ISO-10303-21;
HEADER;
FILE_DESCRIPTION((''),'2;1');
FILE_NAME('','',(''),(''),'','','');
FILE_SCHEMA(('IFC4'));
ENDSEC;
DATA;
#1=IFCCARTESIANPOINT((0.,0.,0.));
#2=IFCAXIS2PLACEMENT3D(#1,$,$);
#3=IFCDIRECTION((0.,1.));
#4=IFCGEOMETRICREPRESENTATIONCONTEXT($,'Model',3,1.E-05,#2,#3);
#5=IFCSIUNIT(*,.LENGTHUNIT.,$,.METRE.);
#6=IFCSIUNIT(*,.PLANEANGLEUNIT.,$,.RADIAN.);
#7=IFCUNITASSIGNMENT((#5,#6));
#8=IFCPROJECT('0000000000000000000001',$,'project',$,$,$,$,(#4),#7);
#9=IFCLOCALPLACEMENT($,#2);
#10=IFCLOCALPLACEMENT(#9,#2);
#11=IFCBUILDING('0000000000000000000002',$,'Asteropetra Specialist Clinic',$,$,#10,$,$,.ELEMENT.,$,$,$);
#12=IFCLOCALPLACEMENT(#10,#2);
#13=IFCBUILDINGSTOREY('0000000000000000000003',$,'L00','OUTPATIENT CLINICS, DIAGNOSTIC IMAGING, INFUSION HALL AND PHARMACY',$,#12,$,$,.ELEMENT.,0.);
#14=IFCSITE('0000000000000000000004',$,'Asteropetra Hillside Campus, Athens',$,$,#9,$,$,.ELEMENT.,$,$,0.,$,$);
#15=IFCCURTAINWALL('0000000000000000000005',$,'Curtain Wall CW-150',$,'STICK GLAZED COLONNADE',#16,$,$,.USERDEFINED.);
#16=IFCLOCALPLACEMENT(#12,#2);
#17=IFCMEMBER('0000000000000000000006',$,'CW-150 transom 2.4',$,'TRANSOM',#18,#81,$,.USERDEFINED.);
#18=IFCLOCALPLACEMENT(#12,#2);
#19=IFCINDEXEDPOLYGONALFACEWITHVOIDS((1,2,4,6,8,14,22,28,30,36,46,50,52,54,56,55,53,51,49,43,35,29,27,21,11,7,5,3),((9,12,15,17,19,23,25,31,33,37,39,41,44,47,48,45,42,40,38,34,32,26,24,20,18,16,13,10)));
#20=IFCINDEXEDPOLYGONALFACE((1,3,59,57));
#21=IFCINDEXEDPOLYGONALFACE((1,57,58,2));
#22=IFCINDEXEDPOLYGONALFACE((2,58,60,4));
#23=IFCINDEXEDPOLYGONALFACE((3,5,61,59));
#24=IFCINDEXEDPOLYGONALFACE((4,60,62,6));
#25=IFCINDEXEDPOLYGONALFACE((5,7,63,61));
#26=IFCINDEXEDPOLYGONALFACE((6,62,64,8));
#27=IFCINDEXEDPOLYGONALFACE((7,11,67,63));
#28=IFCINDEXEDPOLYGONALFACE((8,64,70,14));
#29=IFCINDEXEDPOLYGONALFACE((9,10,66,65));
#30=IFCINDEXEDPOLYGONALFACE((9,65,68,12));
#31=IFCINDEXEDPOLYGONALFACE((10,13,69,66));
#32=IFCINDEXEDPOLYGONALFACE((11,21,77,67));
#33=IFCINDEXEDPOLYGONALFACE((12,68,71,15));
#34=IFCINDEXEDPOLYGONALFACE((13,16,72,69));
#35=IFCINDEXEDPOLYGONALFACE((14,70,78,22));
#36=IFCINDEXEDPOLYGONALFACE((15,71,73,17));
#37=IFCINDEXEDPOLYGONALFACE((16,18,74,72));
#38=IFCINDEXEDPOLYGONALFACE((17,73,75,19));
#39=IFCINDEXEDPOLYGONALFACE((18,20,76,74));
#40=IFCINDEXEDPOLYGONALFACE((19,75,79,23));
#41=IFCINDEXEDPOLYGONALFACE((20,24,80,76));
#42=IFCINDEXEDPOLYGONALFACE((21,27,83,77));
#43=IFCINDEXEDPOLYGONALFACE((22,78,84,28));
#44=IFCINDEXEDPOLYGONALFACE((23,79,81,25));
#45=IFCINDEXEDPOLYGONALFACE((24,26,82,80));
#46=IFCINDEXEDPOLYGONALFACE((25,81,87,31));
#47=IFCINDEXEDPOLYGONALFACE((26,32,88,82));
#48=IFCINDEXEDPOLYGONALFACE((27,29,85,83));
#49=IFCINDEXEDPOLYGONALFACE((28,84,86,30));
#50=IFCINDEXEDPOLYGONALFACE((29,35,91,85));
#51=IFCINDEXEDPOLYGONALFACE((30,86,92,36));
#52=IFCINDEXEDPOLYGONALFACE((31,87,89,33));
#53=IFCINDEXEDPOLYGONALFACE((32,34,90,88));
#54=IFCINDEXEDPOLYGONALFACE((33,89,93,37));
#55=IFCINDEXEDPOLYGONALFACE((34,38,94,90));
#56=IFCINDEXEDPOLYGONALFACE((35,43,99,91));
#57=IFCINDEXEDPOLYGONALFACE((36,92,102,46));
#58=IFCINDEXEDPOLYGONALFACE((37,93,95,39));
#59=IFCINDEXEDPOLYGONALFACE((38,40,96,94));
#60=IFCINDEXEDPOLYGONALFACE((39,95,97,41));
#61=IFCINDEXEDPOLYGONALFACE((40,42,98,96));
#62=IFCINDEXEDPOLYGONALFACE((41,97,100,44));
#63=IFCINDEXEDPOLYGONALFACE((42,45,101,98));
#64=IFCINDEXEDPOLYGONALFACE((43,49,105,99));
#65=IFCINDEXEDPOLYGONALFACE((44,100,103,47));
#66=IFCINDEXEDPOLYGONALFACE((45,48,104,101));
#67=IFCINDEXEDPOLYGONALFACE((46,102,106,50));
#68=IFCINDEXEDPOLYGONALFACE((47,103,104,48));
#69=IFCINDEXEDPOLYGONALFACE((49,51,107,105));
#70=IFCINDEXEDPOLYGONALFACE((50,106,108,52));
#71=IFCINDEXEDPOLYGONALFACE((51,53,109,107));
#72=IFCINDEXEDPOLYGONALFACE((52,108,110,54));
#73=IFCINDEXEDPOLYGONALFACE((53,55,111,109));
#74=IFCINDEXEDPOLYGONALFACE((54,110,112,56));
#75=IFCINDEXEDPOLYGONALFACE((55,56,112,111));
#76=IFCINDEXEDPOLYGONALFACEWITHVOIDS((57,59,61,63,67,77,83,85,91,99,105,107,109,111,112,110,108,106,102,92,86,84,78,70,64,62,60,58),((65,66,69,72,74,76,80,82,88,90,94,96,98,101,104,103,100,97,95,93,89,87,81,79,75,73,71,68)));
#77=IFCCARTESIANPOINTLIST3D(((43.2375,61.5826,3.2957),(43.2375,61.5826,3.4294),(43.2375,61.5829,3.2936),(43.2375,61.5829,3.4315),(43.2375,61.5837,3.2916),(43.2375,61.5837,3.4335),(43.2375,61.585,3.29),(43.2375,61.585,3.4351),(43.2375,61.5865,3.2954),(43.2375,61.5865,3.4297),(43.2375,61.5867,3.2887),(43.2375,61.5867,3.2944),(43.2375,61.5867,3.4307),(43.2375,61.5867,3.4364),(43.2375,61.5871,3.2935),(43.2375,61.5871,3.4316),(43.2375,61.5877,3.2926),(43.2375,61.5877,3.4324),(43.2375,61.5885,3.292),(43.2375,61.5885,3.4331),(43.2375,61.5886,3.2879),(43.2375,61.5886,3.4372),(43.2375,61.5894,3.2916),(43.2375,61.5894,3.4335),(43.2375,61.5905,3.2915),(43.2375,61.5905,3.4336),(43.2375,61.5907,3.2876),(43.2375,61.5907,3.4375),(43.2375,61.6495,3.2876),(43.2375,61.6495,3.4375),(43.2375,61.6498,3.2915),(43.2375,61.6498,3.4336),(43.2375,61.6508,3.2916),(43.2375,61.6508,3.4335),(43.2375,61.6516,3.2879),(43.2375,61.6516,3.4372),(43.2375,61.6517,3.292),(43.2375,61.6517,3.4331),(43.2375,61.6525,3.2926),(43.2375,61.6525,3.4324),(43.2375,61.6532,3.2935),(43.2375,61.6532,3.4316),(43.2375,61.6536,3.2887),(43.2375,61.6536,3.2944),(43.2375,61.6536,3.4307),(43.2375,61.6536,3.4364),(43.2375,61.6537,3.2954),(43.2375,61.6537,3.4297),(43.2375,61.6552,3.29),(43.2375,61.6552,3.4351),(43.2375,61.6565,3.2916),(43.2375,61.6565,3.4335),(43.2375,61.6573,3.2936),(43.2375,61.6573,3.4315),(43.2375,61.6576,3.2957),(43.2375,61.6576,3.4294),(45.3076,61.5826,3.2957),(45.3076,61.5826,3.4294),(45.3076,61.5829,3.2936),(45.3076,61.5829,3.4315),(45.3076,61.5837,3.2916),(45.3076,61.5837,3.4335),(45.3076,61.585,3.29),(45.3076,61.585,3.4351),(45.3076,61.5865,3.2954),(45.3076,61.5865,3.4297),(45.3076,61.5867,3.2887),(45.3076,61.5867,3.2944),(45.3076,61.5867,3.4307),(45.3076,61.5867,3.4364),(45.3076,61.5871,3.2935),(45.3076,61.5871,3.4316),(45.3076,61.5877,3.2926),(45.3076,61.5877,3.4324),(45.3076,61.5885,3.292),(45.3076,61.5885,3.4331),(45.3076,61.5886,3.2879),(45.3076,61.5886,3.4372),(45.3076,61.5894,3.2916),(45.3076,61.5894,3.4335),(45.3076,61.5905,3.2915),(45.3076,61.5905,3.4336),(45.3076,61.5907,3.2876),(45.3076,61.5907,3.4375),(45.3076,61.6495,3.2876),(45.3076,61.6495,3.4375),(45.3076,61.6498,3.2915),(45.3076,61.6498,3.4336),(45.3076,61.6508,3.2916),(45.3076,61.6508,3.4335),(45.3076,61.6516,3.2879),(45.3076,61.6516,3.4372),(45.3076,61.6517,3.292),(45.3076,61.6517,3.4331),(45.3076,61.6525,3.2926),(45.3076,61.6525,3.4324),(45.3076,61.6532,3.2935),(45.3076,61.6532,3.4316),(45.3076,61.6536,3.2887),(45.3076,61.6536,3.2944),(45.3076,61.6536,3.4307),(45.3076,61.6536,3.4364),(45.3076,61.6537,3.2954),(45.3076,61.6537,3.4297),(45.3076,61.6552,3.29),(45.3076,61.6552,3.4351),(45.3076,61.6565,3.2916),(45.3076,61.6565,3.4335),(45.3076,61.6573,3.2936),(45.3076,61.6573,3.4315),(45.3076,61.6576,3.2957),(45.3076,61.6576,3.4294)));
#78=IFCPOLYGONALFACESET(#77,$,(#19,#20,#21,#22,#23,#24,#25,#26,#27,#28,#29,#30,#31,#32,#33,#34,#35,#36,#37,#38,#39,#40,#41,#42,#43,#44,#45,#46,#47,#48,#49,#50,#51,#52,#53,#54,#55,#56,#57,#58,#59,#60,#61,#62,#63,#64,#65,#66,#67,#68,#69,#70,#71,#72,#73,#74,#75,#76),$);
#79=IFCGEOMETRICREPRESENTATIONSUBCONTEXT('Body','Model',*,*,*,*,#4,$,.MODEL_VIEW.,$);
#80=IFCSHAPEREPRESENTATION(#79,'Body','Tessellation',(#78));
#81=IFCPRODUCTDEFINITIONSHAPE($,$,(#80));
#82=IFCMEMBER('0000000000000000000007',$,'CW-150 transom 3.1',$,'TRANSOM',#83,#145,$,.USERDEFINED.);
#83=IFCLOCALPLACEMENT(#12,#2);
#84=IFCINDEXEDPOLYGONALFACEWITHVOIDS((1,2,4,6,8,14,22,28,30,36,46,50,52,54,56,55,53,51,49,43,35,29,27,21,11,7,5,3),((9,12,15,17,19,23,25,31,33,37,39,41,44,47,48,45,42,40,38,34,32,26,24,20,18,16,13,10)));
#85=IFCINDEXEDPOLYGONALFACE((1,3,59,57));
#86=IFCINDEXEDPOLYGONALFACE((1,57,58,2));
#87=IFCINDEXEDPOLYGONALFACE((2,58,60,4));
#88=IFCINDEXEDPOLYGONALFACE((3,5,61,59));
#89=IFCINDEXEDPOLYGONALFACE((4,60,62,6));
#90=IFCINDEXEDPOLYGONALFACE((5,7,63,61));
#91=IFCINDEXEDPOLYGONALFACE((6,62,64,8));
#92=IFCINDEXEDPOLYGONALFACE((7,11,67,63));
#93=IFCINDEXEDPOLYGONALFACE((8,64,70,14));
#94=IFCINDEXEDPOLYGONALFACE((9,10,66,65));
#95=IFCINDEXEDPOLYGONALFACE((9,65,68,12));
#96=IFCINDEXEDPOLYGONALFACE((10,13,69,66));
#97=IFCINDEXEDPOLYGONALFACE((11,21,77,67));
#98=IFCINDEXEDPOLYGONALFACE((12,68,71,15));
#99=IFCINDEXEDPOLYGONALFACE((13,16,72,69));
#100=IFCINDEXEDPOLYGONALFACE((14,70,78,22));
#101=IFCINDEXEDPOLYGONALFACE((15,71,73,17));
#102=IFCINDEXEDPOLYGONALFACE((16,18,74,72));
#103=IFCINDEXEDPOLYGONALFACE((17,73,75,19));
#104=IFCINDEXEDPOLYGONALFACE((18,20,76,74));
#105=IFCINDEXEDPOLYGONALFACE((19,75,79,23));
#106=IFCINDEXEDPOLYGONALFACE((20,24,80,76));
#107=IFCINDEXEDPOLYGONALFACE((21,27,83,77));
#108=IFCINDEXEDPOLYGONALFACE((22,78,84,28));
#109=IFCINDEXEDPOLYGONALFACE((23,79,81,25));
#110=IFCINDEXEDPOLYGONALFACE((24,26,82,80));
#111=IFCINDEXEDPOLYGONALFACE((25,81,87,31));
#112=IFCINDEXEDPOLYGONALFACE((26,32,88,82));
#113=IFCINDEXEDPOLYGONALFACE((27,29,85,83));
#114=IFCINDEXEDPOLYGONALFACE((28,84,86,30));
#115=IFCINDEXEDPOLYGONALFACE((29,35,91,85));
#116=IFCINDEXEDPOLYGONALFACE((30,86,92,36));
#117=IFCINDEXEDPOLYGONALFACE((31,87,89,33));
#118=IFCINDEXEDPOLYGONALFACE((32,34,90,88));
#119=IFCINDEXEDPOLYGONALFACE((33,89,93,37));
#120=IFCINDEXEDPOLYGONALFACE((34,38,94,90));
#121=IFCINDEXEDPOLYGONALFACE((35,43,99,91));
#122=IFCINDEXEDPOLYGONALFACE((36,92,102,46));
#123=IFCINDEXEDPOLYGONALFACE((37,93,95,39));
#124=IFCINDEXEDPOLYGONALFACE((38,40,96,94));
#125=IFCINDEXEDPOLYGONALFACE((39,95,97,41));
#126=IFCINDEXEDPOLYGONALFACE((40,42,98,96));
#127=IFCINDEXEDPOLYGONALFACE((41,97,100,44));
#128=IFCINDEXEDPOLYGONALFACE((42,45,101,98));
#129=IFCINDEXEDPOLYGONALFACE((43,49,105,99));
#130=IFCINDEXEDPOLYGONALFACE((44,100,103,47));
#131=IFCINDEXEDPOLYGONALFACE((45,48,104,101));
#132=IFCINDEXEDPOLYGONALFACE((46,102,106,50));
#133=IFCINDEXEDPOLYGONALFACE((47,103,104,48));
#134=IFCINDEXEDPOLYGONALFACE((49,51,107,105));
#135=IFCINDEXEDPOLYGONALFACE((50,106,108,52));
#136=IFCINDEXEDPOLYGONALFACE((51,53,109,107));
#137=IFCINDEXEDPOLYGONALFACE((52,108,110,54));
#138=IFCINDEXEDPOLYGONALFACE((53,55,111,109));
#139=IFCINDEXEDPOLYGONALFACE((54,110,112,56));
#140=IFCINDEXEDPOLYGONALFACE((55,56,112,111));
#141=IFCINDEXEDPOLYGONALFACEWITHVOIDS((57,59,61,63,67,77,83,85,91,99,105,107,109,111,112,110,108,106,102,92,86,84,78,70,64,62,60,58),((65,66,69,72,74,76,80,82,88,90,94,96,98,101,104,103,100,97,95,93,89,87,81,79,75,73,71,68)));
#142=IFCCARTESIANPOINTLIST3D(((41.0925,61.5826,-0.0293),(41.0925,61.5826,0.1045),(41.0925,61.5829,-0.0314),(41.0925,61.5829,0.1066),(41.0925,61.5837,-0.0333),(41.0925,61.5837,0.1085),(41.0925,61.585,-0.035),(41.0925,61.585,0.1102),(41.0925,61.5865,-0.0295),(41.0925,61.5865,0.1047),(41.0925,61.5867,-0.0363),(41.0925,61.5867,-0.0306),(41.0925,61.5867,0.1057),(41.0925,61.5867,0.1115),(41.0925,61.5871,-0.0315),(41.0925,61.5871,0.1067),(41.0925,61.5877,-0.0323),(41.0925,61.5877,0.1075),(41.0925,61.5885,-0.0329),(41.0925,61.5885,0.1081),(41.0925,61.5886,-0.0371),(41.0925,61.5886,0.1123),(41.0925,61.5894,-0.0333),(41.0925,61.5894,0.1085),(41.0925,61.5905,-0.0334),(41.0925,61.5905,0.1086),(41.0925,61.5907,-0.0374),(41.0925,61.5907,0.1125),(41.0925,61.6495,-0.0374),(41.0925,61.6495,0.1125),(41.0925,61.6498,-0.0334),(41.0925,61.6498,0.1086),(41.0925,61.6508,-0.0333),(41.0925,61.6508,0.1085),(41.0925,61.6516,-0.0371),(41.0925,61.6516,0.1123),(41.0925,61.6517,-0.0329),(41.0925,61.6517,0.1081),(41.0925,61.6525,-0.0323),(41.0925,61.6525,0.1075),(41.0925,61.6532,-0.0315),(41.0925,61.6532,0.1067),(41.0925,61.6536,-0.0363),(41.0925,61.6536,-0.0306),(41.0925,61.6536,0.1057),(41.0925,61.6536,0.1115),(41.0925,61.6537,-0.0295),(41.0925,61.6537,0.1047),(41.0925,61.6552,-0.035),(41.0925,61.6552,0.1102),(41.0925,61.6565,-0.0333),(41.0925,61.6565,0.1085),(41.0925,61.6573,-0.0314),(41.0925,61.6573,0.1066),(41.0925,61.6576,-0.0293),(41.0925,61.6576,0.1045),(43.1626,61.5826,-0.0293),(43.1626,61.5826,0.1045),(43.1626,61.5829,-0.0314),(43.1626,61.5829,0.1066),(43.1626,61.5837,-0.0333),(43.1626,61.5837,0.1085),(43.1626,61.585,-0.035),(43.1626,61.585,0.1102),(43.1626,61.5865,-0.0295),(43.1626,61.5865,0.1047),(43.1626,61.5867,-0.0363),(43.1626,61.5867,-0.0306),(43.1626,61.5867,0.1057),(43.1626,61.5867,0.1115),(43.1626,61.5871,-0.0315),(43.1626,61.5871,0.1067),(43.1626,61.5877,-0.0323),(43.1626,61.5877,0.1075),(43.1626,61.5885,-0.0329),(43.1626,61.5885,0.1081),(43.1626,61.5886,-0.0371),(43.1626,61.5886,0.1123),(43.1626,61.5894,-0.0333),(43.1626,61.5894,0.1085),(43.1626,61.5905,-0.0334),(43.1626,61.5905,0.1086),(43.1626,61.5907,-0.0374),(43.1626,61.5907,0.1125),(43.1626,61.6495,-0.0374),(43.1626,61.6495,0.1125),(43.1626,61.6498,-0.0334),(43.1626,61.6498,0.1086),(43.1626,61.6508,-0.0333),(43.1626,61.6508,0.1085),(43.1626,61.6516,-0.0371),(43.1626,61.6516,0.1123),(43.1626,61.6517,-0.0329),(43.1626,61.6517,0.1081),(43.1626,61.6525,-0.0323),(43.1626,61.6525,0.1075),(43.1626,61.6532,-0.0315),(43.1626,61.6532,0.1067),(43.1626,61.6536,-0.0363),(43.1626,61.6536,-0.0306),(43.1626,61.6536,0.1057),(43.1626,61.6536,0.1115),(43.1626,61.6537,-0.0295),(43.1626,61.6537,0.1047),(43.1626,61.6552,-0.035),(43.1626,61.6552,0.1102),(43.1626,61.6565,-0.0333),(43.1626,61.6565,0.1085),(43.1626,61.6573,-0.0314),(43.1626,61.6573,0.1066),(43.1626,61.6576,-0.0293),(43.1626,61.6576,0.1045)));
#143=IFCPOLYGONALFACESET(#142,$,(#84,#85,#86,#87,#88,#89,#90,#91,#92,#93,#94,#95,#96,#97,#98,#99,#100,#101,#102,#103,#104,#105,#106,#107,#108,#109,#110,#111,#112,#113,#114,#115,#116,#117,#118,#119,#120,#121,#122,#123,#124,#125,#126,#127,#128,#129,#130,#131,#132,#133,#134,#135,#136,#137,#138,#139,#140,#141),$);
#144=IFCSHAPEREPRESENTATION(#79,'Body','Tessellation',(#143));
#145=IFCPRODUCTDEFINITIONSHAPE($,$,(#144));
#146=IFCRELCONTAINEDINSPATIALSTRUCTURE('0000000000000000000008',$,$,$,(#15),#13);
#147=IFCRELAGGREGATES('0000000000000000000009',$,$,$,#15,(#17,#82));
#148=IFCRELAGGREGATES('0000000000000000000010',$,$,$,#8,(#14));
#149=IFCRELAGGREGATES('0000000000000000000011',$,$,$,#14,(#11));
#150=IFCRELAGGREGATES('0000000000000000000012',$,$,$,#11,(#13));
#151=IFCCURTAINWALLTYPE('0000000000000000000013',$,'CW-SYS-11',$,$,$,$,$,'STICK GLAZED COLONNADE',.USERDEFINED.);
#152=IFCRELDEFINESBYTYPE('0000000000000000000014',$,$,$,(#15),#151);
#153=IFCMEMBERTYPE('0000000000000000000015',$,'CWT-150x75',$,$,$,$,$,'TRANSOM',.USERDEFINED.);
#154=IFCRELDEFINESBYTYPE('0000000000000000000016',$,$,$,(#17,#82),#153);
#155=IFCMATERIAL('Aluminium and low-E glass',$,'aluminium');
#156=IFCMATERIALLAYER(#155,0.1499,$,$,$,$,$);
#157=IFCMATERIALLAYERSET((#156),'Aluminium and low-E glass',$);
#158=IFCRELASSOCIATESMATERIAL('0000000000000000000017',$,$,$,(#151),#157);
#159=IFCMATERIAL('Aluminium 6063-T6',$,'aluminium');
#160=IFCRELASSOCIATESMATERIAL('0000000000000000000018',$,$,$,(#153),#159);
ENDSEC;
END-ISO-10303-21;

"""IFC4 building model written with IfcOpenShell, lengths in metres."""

from ifc_helpers import new_model, si_unit, direction, frame, origin, origin_2d, place, context, subcontext, project, spatial, hollow_rectangle, extrude, material, layer, layer_set, material_profile, profile_set, type_object, element, aggregate, save


model = new_model("IFC4")

# Units and contexts
model_context = context("Model", 3, precision=1e-05, world=origin(), true_north=direction((0.0, 1.0)))
body_context = subcontext(model_context, "Body", "Model", "MODEL_VIEW")
ifc_project = project(units=[si_unit("LENGTHUNIT", "METRE"), si_unit("PLANEANGLEUNIT", "RADIAN")], contexts=[model_context])

# Site, building, storey
site_placement = place(None, origin())
site = spatial("IfcSite", under=ifc_project, at=site_placement, Name="Asteropetra Hillside Campus, Athens", CompositionType="ELEMENT", RefElevation=0.0)
building_placement = place(site_placement, origin())
building = spatial("IfcBuilding", under=site, at=building_placement, Name="Asteropetra Specialist Clinic", CompositionType="ELEMENT")
storey_placement = place(building_placement, origin())
storey = spatial("IfcBuildingStorey", under=building, at=storey_placement, Name="L00", Description="OUTPATIENT CLINICS, DIAGNOSTIC IMAGING, INFUSION HALL AND PHARMACY", CompositionType="ELEMENT", Elevation=0.0)

# Curtain wall, members
ifc_material_1 = material(Name="Aluminium and low-E glass", Category="aluminium")
ifc_layer_1 = layer(ifc_material_1, 0.1499)
ifc_layer_set_1 = layer_set([ifc_layer_1], Name="Aluminium and low-E glass")
curtain_wall_type = type_object("IfcCurtainWallType", Name="CW-SYS-11", ElementType="STICK GLAZED COLONNADE", PredefinedType="USERDEFINED", material=ifc_layer_set_1)
curtain_wall_placement = place(storey_placement, origin())
curtain_wall = element("IfcCurtainWall", 1, at=curtain_wall_placement, inside=storey, type_object=curtain_wall_type, Name="Curtain Wall CW-150", ObjectType="STICK GLAZED COLONNADE", PredefinedType="USERDEFINED")
ifc_material_2 = material(Name="Aluminium 6063-T6", Category="aluminium")
ifc_material_profile_1 = material_profile(ifc_material_2, hollow_rectangle(XDim=0.075, YDim=0.1499, WallThickness=0.0039, InnerFilletRadius=0.0039, OuterFilletRadius=0.0081, at=origin_2d()), Name="TRN 150x75x4.0")
ifc_profile_set_1 = profile_set([ifc_material_profile_1], Name="Aluminium 6063-T6")
member_type_1 = type_object("IfcMemberType", Name="CWT-150x75", ElementType="TRANSOM", PredefinedType="USERDEFINED", material=ifc_profile_set_1)
member_1_placement = place(storey_placement, frame((45.3076, 61.6201, 3.3625), z_axis=(-1.0, 0.0, 0.0), x_axis=(0.0, -1.0, 0.0)))
member_1 = element("IfcMember", 2, at=member_1_placement, type_object=member_type_1, Name="CW-150 transom 2.4", ObjectType="TRANSOM", PredefinedType="USERDEFINED", context=body_context, shape_type="SweptSolid", body=[
    extrude(hollow_rectangle(XDim=0.075, YDim=0.1499, WallThickness=0.0039, InnerFilletRadius=0.0039, OuterFilletRadius=0.0081, at=origin_2d()), origin(), (0.0, 0.0, 1.0), 2.0701),
])
member_2_placement = place(storey_placement, frame((43.1626, 61.6201, 0.0376), z_axis=(-1.0, 0.0, 0.0), x_axis=(0.0, -1.0, 0.0)))
member_2 = element("IfcMember", 3, at=member_2_placement, type_object=member_type_1, Name="CW-150 transom 3.1", ObjectType="TRANSOM", PredefinedType="USERDEFINED", context=body_context, shape_type="SweptSolid", body=[
    extrude(hollow_rectangle(XDim=0.075, YDim=0.1499, WallThickness=0.0039, InnerFilletRadius=0.0039, OuterFilletRadius=0.0081, at=origin_2d()), origin(), (0.0, 0.0, 1.0), 2.0701),
])
aggregate(curtain_wall, [member_1, member_2])

save(model, "model.ifc")
